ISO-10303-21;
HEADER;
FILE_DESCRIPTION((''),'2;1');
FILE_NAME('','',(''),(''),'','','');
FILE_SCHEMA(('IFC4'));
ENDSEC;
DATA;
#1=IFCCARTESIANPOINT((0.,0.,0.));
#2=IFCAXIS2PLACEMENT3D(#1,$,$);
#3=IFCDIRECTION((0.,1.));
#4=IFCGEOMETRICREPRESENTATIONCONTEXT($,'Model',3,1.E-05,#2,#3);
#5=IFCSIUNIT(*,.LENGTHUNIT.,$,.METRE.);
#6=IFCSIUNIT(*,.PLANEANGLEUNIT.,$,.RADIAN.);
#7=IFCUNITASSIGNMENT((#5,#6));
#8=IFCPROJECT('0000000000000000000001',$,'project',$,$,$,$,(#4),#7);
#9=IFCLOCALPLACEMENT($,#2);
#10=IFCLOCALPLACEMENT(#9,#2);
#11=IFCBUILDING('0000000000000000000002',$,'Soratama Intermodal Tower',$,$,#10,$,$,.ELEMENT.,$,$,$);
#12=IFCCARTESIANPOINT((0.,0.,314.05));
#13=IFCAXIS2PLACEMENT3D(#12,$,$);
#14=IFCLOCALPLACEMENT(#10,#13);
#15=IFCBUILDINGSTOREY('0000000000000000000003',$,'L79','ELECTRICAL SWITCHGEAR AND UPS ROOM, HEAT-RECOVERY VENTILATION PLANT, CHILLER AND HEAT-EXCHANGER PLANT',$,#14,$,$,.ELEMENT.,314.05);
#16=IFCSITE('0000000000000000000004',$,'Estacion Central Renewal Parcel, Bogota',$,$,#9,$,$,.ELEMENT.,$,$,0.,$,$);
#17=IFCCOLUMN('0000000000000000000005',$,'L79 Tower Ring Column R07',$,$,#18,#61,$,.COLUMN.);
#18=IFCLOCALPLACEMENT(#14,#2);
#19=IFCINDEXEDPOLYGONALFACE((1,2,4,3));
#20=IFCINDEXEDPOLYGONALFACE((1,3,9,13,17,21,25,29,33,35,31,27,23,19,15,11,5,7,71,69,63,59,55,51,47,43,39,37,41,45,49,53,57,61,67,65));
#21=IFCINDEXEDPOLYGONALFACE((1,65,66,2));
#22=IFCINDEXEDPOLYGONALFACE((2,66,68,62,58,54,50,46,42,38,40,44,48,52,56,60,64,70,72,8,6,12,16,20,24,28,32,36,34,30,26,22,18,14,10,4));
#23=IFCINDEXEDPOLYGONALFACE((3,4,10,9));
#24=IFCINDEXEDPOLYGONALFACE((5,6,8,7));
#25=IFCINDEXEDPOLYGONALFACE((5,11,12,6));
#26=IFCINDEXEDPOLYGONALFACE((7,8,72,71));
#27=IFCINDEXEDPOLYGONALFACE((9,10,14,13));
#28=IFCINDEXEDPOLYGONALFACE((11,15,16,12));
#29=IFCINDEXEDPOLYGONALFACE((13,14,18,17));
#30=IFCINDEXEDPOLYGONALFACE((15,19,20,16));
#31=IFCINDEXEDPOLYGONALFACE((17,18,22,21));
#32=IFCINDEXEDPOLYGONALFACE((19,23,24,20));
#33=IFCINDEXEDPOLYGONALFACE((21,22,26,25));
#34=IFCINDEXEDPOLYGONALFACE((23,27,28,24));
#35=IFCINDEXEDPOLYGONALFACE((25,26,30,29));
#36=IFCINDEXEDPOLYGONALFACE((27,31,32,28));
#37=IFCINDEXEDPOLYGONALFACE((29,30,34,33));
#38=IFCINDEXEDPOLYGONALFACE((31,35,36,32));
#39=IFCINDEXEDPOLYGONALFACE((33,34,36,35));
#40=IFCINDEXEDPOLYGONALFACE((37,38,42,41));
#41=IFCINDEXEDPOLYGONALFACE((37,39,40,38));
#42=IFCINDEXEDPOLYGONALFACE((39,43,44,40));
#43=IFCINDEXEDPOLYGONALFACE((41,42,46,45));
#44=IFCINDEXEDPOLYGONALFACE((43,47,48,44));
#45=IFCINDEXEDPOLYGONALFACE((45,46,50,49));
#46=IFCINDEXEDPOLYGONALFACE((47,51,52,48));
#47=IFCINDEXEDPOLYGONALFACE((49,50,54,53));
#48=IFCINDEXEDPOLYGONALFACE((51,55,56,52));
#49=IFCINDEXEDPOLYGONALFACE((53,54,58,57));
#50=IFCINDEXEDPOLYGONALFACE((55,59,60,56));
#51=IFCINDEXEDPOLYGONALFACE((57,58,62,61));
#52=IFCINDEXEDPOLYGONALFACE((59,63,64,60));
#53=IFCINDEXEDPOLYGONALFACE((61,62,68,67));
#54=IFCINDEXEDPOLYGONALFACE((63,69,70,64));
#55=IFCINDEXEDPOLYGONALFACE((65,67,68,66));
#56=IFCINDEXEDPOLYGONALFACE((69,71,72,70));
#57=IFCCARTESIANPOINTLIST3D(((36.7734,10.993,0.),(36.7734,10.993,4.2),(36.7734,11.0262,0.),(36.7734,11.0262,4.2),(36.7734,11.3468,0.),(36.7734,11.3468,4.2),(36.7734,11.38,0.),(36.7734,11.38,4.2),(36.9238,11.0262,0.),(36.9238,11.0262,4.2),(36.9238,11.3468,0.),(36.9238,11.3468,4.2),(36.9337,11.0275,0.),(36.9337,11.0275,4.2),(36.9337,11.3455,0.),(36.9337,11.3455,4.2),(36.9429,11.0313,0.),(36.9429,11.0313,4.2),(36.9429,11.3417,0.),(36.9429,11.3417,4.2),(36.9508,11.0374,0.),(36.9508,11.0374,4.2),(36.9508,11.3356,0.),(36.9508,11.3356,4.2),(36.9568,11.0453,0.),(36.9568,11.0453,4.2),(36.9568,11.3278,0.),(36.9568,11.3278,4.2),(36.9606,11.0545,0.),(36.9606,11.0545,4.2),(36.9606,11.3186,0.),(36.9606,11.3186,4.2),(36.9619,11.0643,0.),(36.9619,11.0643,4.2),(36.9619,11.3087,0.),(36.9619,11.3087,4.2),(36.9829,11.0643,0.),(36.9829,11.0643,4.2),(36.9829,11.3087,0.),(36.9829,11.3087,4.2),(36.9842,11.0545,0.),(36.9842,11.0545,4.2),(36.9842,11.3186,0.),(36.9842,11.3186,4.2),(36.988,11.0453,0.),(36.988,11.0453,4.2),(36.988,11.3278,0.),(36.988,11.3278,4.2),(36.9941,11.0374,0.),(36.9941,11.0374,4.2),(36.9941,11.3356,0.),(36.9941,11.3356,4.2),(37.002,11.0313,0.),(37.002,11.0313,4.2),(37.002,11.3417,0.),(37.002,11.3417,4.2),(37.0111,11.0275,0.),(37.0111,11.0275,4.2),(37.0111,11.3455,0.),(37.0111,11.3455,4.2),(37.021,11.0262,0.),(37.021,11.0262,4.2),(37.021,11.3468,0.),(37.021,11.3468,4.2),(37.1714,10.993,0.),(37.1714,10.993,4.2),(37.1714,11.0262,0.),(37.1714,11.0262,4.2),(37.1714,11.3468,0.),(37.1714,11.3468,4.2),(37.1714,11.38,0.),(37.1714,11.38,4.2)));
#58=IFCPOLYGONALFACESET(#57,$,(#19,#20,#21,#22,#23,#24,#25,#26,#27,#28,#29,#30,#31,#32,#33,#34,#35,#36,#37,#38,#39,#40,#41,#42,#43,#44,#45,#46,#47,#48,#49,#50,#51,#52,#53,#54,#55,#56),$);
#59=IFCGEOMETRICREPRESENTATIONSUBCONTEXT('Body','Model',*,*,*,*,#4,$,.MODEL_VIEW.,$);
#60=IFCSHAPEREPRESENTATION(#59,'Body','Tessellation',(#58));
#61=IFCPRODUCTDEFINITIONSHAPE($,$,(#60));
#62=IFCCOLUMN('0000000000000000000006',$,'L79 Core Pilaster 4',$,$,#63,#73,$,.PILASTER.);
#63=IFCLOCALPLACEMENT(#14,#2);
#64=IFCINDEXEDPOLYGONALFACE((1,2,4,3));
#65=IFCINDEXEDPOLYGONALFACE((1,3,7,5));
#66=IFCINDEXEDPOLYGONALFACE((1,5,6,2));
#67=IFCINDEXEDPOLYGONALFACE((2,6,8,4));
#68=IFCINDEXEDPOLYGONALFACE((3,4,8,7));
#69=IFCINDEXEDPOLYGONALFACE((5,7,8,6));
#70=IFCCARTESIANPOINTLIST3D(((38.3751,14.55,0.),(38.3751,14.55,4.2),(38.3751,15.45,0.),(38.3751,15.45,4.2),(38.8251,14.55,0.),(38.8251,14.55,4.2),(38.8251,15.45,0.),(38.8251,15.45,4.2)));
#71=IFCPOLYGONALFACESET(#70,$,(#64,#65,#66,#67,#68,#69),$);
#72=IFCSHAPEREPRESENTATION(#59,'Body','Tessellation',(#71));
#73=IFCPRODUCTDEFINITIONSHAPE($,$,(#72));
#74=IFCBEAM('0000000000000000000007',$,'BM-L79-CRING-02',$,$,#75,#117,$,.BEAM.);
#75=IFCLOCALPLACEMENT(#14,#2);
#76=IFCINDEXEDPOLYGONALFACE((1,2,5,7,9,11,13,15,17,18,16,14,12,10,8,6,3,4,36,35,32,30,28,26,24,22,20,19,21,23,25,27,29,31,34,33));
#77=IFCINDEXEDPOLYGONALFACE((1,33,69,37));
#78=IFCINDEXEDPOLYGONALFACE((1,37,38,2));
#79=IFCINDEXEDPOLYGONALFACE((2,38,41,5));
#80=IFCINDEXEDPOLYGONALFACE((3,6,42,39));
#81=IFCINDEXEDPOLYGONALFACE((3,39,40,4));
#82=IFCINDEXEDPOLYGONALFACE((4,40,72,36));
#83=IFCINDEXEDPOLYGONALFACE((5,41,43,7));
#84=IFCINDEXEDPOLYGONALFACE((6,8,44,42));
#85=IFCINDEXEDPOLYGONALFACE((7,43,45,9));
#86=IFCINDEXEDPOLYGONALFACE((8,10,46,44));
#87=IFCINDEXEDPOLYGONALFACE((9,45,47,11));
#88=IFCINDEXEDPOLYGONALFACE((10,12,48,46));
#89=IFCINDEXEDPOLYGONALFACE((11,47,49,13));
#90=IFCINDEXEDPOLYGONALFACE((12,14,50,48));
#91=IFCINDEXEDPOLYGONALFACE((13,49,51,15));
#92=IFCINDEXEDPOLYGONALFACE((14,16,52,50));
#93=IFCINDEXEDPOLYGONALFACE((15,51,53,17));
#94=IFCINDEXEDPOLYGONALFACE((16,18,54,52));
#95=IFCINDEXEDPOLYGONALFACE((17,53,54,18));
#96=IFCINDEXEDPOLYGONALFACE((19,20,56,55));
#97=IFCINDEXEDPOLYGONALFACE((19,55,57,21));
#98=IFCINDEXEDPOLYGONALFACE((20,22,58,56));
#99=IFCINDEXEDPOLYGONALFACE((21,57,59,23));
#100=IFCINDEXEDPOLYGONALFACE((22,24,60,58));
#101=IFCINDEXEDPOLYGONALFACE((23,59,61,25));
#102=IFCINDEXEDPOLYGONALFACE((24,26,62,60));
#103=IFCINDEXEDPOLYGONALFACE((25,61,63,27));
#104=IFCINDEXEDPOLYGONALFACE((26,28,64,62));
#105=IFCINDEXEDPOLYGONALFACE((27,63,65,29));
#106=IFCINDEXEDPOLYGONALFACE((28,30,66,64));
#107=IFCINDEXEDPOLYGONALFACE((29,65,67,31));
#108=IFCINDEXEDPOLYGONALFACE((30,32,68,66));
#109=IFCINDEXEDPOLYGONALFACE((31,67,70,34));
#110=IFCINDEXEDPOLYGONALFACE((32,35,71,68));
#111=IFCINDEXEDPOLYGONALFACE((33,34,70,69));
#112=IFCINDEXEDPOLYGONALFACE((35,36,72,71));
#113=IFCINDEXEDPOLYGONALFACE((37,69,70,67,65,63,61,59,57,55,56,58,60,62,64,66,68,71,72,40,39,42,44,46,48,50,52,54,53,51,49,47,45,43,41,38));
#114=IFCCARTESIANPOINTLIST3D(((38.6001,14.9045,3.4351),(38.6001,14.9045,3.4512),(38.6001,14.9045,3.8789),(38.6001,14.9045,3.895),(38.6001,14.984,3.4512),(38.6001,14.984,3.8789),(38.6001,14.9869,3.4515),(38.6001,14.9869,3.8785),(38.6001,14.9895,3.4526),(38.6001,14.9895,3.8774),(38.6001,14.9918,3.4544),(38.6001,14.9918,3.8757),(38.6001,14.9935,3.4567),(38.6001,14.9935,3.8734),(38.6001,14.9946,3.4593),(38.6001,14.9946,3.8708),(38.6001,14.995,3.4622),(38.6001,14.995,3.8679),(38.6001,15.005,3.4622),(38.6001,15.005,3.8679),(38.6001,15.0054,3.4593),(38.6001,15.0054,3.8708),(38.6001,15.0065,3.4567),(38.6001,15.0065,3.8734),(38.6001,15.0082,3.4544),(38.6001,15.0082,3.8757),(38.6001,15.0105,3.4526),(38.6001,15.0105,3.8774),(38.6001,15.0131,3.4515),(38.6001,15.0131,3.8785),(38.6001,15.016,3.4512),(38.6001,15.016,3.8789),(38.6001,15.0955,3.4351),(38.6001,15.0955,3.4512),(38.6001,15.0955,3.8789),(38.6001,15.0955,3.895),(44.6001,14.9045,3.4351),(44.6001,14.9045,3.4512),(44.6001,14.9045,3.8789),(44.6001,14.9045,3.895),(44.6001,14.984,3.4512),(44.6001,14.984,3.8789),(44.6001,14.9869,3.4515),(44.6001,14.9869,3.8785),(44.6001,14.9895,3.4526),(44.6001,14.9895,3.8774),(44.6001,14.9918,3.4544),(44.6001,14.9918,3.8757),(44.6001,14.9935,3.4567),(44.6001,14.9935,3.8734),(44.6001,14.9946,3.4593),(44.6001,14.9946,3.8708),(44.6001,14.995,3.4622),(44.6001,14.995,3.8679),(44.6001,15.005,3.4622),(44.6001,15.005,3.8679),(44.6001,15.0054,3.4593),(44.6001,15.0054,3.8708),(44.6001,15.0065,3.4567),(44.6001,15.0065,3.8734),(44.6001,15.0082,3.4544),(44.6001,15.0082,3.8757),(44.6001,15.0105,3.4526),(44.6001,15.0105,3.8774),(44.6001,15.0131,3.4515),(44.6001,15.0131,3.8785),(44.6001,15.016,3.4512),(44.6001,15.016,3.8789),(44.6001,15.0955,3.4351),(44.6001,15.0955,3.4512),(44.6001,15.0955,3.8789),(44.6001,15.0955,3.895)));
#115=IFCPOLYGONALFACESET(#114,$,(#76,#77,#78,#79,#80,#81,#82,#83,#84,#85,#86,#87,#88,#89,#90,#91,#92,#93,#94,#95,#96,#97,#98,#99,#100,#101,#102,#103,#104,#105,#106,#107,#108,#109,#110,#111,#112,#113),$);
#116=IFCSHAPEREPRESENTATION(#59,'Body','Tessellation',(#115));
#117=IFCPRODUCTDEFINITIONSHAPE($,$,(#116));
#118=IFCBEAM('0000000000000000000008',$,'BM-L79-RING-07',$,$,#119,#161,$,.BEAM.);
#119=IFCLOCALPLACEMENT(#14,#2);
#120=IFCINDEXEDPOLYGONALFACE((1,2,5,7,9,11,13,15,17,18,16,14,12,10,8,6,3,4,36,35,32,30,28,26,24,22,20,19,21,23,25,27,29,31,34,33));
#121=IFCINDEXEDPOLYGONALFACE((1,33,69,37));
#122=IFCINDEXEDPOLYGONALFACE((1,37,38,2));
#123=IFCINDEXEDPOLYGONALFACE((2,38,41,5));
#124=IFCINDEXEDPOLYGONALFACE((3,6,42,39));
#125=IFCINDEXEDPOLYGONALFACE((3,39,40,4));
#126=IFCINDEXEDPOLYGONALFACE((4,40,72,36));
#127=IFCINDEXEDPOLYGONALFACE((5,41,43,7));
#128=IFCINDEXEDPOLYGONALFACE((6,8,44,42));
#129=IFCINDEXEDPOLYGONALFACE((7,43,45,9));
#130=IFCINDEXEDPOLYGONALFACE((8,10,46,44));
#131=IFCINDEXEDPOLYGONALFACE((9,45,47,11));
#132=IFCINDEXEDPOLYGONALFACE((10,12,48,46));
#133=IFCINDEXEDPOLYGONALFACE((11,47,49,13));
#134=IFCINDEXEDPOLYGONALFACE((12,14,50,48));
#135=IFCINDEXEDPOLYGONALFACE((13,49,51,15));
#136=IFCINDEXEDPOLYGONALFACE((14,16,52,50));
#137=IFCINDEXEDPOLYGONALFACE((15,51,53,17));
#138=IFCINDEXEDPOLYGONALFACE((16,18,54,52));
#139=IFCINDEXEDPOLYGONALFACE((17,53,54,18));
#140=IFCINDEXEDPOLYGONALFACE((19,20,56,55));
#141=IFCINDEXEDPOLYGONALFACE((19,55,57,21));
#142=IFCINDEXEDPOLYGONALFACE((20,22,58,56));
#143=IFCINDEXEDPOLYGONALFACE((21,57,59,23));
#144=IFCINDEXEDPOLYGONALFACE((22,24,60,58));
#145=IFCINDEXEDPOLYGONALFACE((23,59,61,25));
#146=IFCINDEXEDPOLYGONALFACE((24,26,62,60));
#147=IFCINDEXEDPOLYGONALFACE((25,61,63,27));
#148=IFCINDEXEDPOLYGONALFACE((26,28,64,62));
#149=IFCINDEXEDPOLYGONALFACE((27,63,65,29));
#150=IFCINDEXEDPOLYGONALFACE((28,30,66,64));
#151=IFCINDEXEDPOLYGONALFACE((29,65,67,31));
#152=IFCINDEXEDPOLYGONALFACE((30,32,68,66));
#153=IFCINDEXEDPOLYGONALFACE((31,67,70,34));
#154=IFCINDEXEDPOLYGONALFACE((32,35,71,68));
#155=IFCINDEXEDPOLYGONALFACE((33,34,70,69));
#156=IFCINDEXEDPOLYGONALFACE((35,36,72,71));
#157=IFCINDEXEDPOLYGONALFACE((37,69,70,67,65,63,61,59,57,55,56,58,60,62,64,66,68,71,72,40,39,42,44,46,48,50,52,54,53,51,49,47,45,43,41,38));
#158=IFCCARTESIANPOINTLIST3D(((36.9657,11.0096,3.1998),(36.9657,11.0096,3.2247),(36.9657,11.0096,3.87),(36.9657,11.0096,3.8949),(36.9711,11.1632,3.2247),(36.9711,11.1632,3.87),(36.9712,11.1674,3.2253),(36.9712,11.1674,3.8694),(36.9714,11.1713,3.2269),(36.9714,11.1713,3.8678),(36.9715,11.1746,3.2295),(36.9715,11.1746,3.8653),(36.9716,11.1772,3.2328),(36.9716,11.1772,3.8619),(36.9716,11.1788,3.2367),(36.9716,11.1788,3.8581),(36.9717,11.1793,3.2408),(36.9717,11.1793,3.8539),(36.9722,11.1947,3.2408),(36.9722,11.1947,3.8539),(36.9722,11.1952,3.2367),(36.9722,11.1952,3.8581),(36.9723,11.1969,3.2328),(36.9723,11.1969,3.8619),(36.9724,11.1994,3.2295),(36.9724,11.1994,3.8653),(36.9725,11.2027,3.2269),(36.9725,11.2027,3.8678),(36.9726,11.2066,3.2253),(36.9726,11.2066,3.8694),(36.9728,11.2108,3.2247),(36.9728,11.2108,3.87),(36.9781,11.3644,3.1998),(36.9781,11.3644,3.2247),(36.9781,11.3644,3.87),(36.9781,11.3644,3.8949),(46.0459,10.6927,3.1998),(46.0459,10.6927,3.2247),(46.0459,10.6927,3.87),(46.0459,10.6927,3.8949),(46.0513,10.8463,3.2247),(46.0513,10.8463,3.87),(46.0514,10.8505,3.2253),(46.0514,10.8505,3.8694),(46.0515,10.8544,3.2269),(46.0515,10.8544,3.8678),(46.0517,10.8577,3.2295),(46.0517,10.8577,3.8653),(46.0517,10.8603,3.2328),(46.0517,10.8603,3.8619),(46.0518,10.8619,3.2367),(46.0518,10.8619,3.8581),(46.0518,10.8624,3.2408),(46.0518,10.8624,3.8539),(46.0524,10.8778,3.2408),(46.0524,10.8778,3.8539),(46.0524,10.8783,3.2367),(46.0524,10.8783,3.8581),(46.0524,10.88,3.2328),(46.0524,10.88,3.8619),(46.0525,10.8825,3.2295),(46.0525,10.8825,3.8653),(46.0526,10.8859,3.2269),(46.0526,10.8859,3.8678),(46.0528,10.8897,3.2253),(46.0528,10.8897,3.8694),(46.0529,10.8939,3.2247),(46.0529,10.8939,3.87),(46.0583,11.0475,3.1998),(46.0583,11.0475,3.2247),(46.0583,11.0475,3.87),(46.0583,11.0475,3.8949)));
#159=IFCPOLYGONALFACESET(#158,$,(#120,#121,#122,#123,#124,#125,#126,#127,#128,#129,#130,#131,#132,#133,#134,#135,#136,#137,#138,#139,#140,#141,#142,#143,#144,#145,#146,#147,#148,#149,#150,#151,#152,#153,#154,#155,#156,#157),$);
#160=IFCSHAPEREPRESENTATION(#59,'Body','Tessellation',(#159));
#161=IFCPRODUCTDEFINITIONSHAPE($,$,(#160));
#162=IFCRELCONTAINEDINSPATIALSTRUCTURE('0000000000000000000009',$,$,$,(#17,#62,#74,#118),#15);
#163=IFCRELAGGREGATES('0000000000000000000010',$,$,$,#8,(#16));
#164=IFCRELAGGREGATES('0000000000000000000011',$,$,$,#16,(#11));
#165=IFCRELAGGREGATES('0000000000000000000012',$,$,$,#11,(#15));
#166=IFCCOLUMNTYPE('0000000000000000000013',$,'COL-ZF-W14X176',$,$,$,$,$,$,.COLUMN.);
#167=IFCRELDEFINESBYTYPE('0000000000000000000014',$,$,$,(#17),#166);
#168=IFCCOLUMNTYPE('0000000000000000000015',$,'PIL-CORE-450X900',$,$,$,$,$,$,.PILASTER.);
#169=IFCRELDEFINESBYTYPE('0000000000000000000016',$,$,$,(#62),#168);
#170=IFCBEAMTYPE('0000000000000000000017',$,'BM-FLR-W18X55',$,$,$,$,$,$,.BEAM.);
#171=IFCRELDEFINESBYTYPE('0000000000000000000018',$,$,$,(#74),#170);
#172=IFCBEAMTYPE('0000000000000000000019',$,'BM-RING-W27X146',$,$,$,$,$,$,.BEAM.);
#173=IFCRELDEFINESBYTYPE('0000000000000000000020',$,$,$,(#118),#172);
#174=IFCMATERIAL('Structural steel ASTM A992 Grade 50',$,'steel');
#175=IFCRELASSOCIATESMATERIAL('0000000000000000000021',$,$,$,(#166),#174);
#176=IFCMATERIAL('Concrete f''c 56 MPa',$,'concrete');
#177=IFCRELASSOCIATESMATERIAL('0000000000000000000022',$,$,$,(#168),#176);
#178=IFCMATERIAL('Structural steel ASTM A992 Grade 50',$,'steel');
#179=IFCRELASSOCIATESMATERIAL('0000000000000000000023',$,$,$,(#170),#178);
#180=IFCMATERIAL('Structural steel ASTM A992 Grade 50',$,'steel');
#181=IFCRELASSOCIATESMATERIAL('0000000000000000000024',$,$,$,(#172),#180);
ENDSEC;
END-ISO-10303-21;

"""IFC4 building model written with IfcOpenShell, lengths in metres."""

from ifc_helpers import new_model, si_unit, direction, frame, origin, origin_2d, place, context, subcontext, project, spatial, rectangle, i_section, extrude, material, material_profile, profile_set, type_object, element, save


model = new_model("IFC4")

# Units and contexts
model_context = context("Model", 3, precision=1e-05, world=origin(), true_north=direction((0.0, 1.0)))
body_context = subcontext(model_context, "Body", "Model", "MODEL_VIEW")
ifc_project = project(units=[si_unit("LENGTHUNIT", "METRE"), si_unit("PLANEANGLEUNIT", "RADIAN")], contexts=[model_context])

# Site, building, storey
site_placement = place(None, origin())
site = spatial("IfcSite", under=ifc_project, at=site_placement, Name="Estacion Central Renewal Parcel, Bogota", CompositionType="ELEMENT", RefElevation=0.0)
building_placement = place(site_placement, origin())
building = spatial("IfcBuilding", under=site, at=building_placement, Name="Soratama Intermodal Tower", CompositionType="ELEMENT")
storey_placement = place(building_placement, frame((0.0, 0.0, 314.05)))
storey = spatial("IfcBuildingStorey", under=building, at=storey_placement, Name="L79", Description="ELECTRICAL SWITCHGEAR AND UPS ROOM, HEAT-RECOVERY VENTILATION PLANT, CHILLER AND HEAT-EXCHANGER PLANT", CompositionType="ELEMENT", Elevation=314.05)

# Columns
ifc_material_1 = material(Name="Structural steel ASTM A992 Grade 50", Category="steel")
ifc_material_profile_1 = material_profile(ifc_material_1, i_section(OverallWidth=0.3979, OverallDepth=0.387, WebThickness=0.021, FlangeThickness=0.0332, FilletRadius=0.0381, at=origin_2d()), Name="W14X176")
ifc_profile_set_1 = profile_set([ifc_material_profile_1], Name="Structural steel ASTM A992 Grade 50")
column_type_1 = type_object("IfcColumnType", Name="COL-ZF-W14X176", PredefinedType="COLUMN", material=ifc_profile_set_1)
column_1_placement = place(storey_placement, frame((36.9724, 11.1865, 0.0), z_axis=(0.0, 0.0, 1.0), x_axis=(1.0, 0.0, 0.0)))
element("IfcColumn", 1, at=column_1_placement, inside=storey, type_object=column_type_1, Name="L79 Tower Ring Column R07", PredefinedType="COLUMN", context=body_context, shape_type="SweptSolid", body=[
    extrude(i_section(OverallWidth=0.3979, OverallDepth=0.387, WebThickness=0.021, FlangeThickness=0.0332, FilletRadius=0.0381, at=origin_2d()), origin(), (0.0, 0.0, 1.0), 4.2),
])
ifc_material_2 = material(Name="Concrete f'c 56 MPa", Category="concrete")
ifc_material_profile_2 = material_profile(ifc_material_2, rectangle(XDim=0.45, YDim=0.8999, at=origin_2d()), Name="RC450X900")
ifc_profile_set_2 = profile_set([ifc_material_profile_2], Name="Concrete f'c 56 MPa")
column_type_2 = type_object("IfcColumnType", Name="PIL-CORE-450X900", PredefinedType="PILASTER", material=ifc_profile_set_2)
column_2_placement = place(storey_placement, frame((38.6001, 15.0, 0.0), z_axis=(0.0, 0.0, 1.0), x_axis=(1.0, 0.0, 0.0)))
element("IfcColumn", 2, at=column_2_placement, inside=storey, type_object=column_type_2, Name="L79 Core Pilaster 4", PredefinedType="PILASTER", context=body_context, shape_type="SweptSolid", body=[
    extrude(rectangle(XDim=0.45, YDim=0.8999, at=origin_2d()), origin(), (0.0, 0.0, 1.0), 4.2),
])

# Beams
ifc_material_3 = material(Name="Structural steel ASTM A992 Grade 50", Category="steel")
ifc_material_profile_3 = material_profile(ifc_material_3, i_section(OverallWidth=0.1909, OverallDepth=0.46, WebThickness=0.01, FlangeThickness=0.0161, FilletRadius=0.011, at=origin_2d()), Name="W18X55")
ifc_profile_set_3 = profile_set([ifc_material_profile_3], Name="Structural steel ASTM A992 Grade 50")
beam_type_1 = type_object("IfcBeamType", Name="BM-FLR-W18X55", PredefinedType="BEAM", material=ifc_profile_set_3)
beam_1_placement = place(storey_placement, frame((38.6001, 15.0, 3.665), z_axis=(1.0, 0.0, 0.0), x_axis=(0.0, 1.0, 0.0)))
element("IfcBeam", 3, at=beam_1_placement, inside=storey, type_object=beam_type_1, Name="BM-L79-CRING-02", PredefinedType="BEAM", context=body_context, shape_type="SweptSolid", body=[
    extrude(i_section(OverallWidth=0.1909, OverallDepth=0.46, WebThickness=0.01, FlangeThickness=0.0161, FilletRadius=0.011, at=origin_2d()), origin(), (0.0, 0.0, 1.0), 6.0),
])
ifc_material_4 = material(Name="Structural steel ASTM A992 Grade 50", Category="steel")
ifc_material_profile_4 = material_profile(ifc_material_4, i_section(OverallWidth=0.355, OverallDepth=0.6951, WebThickness=0.0154, FlangeThickness=0.0249, FilletRadius=0.0161, at=origin_2d()), Name="W27X146")
ifc_profile_set_4 = profile_set([ifc_material_profile_4], Name="Structural steel ASTM A992 Grade 50")
beam_type_2 = type_object("IfcBeamType", Name="BM-RING-W27X146", PredefinedType="BEAM", material=ifc_profile_set_4)
beam_2_placement = place(storey_placement, frame((36.9719, 11.187, 3.5474), z_axis=(0.999392, -0.034879, 0.0), x_axis=(0.034879, 0.999392, 0.0)))
element("IfcBeam", 4, at=beam_2_placement, inside=storey, type_object=beam_type_2, Name="BM-L79-RING-07", PredefinedType="BEAM", context=body_context, shape_type="SweptSolid", body=[
    extrude(i_section(OverallWidth=0.355, OverallDepth=0.6951, WebThickness=0.0154, FlangeThickness=0.0249, FilletRadius=0.0161, at=origin_2d()), origin(), (0.0, 0.0, 1.0), 9.0857),
])

save(model, "model.ifc")
